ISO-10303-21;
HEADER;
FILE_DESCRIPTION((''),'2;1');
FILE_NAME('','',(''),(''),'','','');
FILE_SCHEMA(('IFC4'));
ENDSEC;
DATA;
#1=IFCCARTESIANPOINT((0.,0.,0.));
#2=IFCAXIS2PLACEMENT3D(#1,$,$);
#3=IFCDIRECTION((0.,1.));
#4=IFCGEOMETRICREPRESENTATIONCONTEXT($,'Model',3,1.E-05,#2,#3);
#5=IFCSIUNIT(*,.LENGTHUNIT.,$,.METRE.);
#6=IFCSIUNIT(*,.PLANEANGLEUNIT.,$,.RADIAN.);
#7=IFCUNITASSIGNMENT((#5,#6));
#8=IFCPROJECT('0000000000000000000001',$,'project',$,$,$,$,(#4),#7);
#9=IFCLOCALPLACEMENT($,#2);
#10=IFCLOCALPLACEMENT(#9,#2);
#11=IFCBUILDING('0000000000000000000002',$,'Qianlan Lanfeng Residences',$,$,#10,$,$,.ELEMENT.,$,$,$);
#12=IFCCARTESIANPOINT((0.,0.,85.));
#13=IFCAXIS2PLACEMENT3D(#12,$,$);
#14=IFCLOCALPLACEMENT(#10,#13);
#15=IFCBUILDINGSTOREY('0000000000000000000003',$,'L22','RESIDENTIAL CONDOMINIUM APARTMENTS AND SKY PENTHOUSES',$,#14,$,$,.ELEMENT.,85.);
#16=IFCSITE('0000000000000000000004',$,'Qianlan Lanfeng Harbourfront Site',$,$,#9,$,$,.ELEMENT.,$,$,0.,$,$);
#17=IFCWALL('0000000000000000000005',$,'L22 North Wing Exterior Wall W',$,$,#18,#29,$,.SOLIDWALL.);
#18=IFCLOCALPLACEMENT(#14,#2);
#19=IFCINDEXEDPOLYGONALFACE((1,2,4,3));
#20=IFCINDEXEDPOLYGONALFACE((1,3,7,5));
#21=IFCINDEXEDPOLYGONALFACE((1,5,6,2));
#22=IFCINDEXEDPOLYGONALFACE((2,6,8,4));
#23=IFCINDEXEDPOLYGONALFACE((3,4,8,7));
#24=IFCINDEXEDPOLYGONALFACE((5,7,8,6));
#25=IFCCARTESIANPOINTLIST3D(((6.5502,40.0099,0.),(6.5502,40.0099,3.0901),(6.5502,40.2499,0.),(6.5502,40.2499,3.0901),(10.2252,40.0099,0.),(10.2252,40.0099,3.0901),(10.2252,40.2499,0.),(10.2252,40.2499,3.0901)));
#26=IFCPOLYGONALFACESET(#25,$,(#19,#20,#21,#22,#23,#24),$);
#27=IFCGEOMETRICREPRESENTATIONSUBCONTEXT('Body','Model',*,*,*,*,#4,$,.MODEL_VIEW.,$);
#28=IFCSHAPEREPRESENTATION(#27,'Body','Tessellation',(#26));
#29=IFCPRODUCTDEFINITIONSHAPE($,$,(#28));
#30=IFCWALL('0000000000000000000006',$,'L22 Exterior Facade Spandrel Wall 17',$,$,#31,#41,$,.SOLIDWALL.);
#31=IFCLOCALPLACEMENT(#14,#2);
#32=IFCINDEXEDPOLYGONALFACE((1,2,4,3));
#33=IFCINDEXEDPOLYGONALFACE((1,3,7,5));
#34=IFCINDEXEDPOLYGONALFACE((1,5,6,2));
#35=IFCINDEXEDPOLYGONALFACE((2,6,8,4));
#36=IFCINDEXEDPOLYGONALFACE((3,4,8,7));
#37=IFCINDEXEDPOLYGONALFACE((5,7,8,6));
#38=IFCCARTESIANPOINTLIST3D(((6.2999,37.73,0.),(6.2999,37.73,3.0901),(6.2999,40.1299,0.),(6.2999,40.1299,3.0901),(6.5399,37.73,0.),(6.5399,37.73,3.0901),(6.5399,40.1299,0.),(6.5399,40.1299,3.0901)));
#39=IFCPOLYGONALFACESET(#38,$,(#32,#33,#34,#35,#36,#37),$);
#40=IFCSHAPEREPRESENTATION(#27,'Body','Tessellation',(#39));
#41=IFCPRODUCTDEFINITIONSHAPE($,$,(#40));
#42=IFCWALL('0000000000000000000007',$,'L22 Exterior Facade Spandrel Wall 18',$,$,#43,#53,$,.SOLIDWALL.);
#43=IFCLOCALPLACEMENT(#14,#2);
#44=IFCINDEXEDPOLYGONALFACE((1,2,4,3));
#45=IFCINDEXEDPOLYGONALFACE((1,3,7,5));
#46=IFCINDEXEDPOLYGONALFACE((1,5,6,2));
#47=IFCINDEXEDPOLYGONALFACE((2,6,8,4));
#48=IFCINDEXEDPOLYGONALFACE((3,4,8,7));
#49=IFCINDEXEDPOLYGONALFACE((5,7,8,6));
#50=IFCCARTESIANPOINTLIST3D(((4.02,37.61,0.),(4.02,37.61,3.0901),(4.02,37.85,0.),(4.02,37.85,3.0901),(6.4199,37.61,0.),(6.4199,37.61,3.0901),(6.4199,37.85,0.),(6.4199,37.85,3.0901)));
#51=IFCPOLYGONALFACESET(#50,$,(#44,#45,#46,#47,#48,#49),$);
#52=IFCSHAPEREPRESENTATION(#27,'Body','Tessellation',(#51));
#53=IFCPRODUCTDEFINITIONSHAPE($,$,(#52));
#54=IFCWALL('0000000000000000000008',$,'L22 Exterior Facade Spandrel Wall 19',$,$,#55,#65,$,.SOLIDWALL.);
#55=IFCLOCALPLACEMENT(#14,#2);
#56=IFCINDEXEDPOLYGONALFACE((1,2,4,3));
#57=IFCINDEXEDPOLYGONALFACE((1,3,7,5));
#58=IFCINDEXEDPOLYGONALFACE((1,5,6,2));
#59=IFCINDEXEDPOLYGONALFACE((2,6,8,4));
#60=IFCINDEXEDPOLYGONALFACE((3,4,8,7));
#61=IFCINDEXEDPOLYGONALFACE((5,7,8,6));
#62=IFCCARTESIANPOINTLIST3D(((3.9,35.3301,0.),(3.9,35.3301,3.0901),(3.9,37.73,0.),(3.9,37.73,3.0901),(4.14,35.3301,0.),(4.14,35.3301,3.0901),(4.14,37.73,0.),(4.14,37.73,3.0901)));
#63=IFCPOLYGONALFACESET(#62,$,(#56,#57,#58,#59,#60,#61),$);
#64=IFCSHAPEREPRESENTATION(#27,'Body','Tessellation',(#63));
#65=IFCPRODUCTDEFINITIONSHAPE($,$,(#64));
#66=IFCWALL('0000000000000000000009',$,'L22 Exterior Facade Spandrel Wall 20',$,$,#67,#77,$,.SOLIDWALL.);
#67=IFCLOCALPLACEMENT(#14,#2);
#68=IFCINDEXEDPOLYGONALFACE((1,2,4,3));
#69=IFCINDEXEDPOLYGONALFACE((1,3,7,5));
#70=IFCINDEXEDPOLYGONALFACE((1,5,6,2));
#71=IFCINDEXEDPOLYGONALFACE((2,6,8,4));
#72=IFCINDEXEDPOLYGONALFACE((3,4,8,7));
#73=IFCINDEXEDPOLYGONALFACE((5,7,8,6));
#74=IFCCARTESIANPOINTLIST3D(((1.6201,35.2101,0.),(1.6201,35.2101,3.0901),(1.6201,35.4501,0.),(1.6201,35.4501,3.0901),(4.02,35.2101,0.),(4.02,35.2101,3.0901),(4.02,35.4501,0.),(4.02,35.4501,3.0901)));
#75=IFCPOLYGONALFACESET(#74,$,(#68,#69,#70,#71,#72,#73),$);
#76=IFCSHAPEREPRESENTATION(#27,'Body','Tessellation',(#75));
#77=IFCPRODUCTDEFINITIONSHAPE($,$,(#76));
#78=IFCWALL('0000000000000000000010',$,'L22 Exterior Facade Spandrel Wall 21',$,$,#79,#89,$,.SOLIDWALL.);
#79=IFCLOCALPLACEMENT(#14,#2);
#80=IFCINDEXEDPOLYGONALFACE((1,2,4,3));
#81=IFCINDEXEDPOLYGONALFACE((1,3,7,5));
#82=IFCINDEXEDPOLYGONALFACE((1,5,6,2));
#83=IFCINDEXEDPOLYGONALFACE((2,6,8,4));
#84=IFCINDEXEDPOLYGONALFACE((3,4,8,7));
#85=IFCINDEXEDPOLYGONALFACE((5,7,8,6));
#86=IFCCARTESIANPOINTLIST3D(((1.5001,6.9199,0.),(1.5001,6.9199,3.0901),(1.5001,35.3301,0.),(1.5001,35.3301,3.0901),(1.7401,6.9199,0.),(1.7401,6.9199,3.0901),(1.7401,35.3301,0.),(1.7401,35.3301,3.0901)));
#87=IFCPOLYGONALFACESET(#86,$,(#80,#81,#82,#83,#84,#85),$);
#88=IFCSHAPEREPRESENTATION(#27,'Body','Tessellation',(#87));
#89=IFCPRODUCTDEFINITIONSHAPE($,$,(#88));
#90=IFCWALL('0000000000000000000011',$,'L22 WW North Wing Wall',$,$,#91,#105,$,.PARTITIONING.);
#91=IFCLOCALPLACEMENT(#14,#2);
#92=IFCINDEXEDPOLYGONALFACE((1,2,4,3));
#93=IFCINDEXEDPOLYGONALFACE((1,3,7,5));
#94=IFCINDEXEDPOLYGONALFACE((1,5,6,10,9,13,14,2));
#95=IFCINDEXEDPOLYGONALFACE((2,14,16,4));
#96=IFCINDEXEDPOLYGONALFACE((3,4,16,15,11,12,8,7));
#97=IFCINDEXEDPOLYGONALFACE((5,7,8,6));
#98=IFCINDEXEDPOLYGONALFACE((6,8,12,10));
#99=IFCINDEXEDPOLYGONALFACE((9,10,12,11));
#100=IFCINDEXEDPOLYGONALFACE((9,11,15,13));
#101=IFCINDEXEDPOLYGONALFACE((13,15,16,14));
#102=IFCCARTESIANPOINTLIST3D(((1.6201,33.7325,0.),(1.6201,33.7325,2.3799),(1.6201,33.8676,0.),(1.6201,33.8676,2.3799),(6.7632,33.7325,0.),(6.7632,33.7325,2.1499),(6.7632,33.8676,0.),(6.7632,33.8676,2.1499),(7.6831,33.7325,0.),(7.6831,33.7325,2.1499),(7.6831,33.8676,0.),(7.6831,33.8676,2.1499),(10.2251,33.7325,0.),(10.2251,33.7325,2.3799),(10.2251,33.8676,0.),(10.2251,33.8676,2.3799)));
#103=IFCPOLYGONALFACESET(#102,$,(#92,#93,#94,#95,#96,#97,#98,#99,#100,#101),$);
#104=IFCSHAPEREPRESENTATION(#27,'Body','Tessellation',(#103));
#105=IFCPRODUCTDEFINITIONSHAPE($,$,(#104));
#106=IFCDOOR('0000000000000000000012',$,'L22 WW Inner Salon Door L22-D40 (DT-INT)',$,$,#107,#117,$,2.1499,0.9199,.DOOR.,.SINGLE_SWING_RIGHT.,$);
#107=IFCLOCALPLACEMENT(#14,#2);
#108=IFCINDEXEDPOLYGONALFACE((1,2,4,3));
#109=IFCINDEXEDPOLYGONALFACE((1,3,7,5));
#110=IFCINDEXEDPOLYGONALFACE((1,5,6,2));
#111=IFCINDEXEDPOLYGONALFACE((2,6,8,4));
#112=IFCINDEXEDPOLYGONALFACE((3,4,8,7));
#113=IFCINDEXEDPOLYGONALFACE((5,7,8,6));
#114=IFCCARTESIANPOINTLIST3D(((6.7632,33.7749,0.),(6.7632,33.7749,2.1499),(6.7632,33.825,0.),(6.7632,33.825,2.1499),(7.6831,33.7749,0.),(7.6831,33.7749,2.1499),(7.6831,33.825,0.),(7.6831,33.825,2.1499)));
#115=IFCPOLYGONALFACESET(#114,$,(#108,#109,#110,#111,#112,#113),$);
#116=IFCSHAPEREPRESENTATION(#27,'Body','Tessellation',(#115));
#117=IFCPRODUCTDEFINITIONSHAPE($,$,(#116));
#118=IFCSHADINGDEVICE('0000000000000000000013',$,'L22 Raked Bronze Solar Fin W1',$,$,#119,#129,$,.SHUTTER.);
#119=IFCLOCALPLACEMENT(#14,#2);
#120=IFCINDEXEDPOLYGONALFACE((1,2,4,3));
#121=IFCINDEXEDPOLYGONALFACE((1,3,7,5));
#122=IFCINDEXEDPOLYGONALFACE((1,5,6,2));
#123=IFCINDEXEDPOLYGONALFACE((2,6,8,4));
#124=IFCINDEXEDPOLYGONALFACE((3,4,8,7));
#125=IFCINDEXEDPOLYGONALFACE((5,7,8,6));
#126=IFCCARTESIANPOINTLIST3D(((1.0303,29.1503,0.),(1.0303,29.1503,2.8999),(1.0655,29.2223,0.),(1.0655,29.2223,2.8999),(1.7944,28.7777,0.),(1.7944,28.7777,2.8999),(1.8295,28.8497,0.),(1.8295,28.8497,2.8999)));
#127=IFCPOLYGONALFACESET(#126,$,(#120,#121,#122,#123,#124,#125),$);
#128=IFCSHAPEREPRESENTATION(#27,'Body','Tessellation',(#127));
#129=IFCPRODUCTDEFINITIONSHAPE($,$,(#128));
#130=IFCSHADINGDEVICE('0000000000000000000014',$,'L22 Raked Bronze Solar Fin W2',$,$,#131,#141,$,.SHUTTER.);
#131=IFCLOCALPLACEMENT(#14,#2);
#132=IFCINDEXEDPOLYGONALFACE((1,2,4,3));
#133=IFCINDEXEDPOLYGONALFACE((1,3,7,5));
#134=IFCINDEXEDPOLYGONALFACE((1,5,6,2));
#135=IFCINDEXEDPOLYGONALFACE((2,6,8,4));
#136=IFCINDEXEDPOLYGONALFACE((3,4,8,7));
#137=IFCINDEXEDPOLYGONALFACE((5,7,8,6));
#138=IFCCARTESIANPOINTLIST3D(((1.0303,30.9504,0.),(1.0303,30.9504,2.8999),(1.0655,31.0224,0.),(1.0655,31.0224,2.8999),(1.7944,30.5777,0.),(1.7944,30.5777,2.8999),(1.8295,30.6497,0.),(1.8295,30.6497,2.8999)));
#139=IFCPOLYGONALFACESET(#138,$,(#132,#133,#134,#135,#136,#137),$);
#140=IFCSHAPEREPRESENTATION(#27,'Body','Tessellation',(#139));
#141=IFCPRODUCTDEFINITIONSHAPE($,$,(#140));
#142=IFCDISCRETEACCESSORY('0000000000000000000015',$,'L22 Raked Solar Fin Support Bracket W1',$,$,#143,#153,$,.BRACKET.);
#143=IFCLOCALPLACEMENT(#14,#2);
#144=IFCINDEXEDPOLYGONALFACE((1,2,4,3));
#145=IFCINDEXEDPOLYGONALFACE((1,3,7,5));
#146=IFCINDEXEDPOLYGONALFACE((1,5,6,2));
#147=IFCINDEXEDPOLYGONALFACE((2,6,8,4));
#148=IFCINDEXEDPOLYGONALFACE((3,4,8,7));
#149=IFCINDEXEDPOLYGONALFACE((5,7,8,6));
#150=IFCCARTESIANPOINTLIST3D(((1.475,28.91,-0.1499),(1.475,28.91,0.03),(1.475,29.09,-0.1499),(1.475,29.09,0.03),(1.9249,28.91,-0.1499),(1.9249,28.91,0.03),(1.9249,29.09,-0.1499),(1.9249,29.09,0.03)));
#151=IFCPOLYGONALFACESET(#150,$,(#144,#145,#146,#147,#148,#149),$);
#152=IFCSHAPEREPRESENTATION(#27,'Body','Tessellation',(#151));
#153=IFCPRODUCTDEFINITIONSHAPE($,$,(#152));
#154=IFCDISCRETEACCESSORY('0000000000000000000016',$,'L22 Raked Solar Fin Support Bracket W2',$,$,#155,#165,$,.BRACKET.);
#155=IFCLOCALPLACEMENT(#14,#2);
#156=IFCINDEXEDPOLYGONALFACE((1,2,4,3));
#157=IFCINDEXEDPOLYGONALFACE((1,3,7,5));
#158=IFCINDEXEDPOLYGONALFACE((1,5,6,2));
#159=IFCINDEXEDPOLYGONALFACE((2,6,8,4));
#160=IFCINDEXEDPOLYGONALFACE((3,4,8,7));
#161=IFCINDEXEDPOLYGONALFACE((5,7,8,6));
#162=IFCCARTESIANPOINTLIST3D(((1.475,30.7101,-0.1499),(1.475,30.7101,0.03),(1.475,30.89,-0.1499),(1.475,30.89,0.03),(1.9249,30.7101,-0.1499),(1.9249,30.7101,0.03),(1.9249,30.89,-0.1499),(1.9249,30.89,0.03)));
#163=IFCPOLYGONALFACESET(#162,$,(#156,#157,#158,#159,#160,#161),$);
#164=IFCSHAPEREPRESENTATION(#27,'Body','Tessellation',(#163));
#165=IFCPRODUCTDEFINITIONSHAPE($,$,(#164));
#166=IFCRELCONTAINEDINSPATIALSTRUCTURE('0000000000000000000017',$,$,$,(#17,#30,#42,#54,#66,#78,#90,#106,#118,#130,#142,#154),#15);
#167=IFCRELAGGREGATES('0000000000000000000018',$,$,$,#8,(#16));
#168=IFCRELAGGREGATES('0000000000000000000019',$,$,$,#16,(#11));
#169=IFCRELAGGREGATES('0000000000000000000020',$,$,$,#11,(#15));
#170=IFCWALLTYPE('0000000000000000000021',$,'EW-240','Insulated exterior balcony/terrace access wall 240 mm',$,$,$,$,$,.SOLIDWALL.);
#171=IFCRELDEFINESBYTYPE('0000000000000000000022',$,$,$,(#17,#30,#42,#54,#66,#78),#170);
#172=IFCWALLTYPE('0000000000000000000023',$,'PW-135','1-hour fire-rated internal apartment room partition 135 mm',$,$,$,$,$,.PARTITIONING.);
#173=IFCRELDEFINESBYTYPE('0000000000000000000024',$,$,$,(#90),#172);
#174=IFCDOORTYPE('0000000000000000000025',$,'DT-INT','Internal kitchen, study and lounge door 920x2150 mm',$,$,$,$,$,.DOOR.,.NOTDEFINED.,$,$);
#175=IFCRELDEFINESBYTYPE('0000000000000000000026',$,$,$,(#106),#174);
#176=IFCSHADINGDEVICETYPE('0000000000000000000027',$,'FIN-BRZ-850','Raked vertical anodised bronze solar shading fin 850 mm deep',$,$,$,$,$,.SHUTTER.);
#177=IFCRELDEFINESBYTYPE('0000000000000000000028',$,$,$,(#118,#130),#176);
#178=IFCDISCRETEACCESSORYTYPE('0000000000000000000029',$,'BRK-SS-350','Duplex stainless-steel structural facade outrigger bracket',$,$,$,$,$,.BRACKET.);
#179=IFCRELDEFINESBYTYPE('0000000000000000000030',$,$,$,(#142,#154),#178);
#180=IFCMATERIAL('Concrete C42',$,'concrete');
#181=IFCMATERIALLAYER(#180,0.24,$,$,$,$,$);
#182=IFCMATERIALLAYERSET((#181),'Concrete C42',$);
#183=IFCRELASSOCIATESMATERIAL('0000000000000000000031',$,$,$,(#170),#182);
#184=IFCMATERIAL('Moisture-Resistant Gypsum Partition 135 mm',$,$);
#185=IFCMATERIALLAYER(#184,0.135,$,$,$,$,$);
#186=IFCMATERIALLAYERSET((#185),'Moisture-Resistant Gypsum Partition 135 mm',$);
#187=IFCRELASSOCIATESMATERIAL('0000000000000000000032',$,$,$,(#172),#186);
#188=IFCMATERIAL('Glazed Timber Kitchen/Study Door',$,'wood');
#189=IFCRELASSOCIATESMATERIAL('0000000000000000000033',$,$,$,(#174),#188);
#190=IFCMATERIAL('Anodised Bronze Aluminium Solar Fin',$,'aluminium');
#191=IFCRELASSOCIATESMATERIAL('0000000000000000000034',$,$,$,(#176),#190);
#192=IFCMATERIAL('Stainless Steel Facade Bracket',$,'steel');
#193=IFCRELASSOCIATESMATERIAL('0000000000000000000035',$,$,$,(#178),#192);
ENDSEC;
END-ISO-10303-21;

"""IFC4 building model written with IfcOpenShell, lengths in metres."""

from ifc_helpers import new_model, si_unit, direction, frame, frame_2d, origin, origin_2d, place, context, subcontext, project, spatial, rectangle, extrude, source, transform, mapped, material, layer, layer_set, type_object, element, fill, save


model = new_model("IFC4")

# Units and contexts
model_context = context("Model", 3, precision=1e-05, world=origin(), true_north=direction((0.0, 1.0)))
body_context = subcontext(model_context, "Body", "Model", "MODEL_VIEW")
ifc_project = project(units=[si_unit("LENGTHUNIT", "METRE"), si_unit("PLANEANGLEUNIT", "RADIAN")], contexts=[model_context])

# Site, building, storey
site_placement = place(None, origin())
site = spatial("IfcSite", under=ifc_project, at=site_placement, Name="Qianlan Lanfeng Harbourfront Site", CompositionType="ELEMENT", RefElevation=0.0)
building_placement = place(site_placement, origin())
building = spatial("IfcBuilding", under=site, at=building_placement, Name="Qianlan Lanfeng Residences", CompositionType="ELEMENT")
storey_placement = place(building_placement, frame((0.0, 0.0, 85.0)))
storey = spatial("IfcBuildingStorey", under=building, at=storey_placement, Name="L22", Description="RESIDENTIAL CONDOMINIUM APARTMENTS AND SKY PENTHOUSES", CompositionType="ELEMENT", Elevation=85.0)

# Walls
ifc_material_1 = material(Name="Concrete C42", Category="concrete")
ifc_layer_1 = layer(ifc_material_1, 0.24)
ifc_layer_set_1 = layer_set([ifc_layer_1], Name="Concrete C42")
wall_type_1 = type_object("IfcWallType", Name="EW-240", Description="Insulated exterior balcony/terrace access wall 240 mm", PredefinedType="SOLIDWALL", material=ifc_layer_set_1)
wall_1_placement = place(storey_placement, frame((10.2251, 40.1299, 0.0), z_axis=(0.0, 0.0, 1.0), x_axis=(-1.0, 0.0, 0.0)))
element("IfcWall", 1, at=wall_1_placement, inside=storey, type_object=wall_type_1, Name="L22 North Wing Exterior Wall W", PredefinedType="SOLIDWALL", context=body_context, shape_type="SweptSolid", body=[
    extrude(rectangle(XDim=3.675, YDim=0.24, at=frame_2d((1.8374, 0.0))), origin(), (0.0, 0.0, 1.0), 3.0901),
])
for number, where, z_axis, x_axis, name in (
    (2, (6.4199, 40.1299, 0.0), (0.0, 0.0, 1.0), (0.0, -1.0, 0.0), "L22 Exterior Facade Spandrel Wall 17"),
    (3, (6.4199, 37.73, 0.0), (0.0, 0.0, 1.0), (-1.0, 0.0, 0.0), "L22 Exterior Facade Spandrel Wall 18"),
    (4, (4.02, 37.73, 0.0), (0.0, 0.0, 1.0), (0.0, -1.0, 0.0), "L22 Exterior Facade Spandrel Wall 19"),
    (5, (4.02, 35.3301, 0.0), (0.0, 0.0, 1.0), (-1.0, 0.0, 0.0), "L22 Exterior Facade Spandrel Wall 20"),
):
    element("IfcWall", number, at=place(storey_placement, frame(where, z_axis=z_axis, x_axis=x_axis)), inside=storey, type_object=wall_type_1, Name=name, PredefinedType="SOLIDWALL", context=body_context, shape_type="SweptSolid", body=[
        extrude(rectangle(XDim=2.3999, YDim=0.24, at=frame_2d((1.2, 0.0))), origin(), (0.0, 0.0, 1.0), 3.0901),
    ])
wall_2_placement = place(storey_placement, frame((1.6201, 35.3301, 0.0), z_axis=(0.0, 0.0, 1.0), x_axis=(0.0, -1.0, 0.0)))
element("IfcWall", 6, at=wall_2_placement, inside=storey, type_object=wall_type_1, Name="L22 Exterior Facade Spandrel Wall 21", PredefinedType="SOLIDWALL", context=body_context, shape_type="SweptSolid", body=[
    extrude(rectangle(XDim=28.4102, YDim=0.24, at=frame_2d((14.2051, 0.0))), origin(), (0.0, 0.0, 1.0), 3.0901),
])

# Wall, opening, door
ifc_material_2 = material(Name="Moisture-Resistant Gypsum Partition 135 mm")
ifc_layer_2 = layer(ifc_material_2, 0.135)
ifc_layer_set_2 = layer_set([ifc_layer_2], Name="Moisture-Resistant Gypsum Partition 135 mm")
wall_type_2 = type_object("IfcWallType", Name="PW-135", Description="1-hour fire-rated internal apartment room partition 135 mm", PredefinedType="PARTITIONING", material=ifc_layer_set_2)
wall_3_placement = place(storey_placement, frame((1.6201, 33.8, 0.0), z_axis=(0.0, 0.0, 1.0), x_axis=(1.0, 0.0, 0.0)))
wall_3 = element("IfcWall", 7, at=wall_3_placement, inside=storey, type_object=wall_type_2, Name="L22 WW North Wing Wall", PredefinedType="PARTITIONING", context=body_context, shape_type="SweptSolid", body=[
    extrude(rectangle(XDim=8.605, YDim=0.135, at=frame_2d((4.3025, 0.0))), origin(), (0.0, 0.0, 1.0), 2.3799),
])
opening_1_placement = place(wall_3_placement, frame((5.1431, 0.0, 0.0)))
opening_1 = element("IfcOpeningElement", 8, at=opening_1_placement, cuts=wall_3, PredefinedType="OPENING", context=body_context, shape_type="SweptSolid", body=[
    extrude(rectangle(XDim=0.9199, YDim=2.1499, at=frame_2d((0.46, 1.075))), frame((0.0, 0.0776, 0.0), z_axis=(0.0, -1.0, 0.0), x_axis=(1.0, 0.0, 0.0)), (0.0, 0.0, 1.0), 0.155),
])
ifc_material_3 = material(Name="Glazed Timber Kitchen/Study Door", Category="wood")
door_type_1 = type_object("IfcDoorType", Name="DT-INT", Description="Internal kitchen, study and lounge door 920x2150 mm", OperationType="NOTDEFINED", PredefinedType="DOOR", material=ifc_material_3)
door_1_placement = place(opening_1_placement, origin())
door_1 = element("IfcDoor", 9, at=door_1_placement, inside=storey, type_object=door_type_1, Name="L22 WW Inner Salon Door L22-D40 (DT-INT)", OperationType="SINGLE_SWING_RIGHT", OverallHeight=2.1499, OverallWidth=0.9199, PredefinedType="DOOR", context=body_context, shape_type="SweptSolid", body=[
    extrude(rectangle(XDim=0.9199, YDim=2.1499, at=frame_2d((0.46, 1.075))), frame((0.0, 0.0249, 0.0), z_axis=(0.0, -1.0, 0.0), x_axis=(1.0, 0.0, 0.0)), (0.0, 0.0, 1.0), 0.05),
])
fill(opening_1, door_1)

# Shading devices
ifc_material_4 = material(Name="Anodised Bronze Aluminium Solar Fin", Category="aluminium")
shading_device_type = type_object("IfcShadingDeviceType", Name="FIN-BRZ-850", Description="Raked vertical anodised bronze solar shading fin 850 mm deep", PredefinedType="SHUTTER", material=ifc_material_4)
shared_shape_1 = source(origin(), body_context, "Body", "SweptSolid", [
    extrude(rectangle(XDim=0.8501, YDim=0.0801, at=origin_2d()), origin(), (0.0, 0.0, 1.0), 2.8999),
])
for number, where, z_axis, x_axis, name in (
    (10, (1.4299, 29.0, 0.0), (0.0, 0.0, 1.0), (0.898794, -0.438371, 0.0), "L22 Raked Bronze Solar Fin W1"),
    (11, (1.4299, 30.8, 0.0), (0.0, 0.0, 1.0), (0.898794, -0.438371, 0.0), "L22 Raked Bronze Solar Fin W2"),
):
    element("IfcShadingDevice", number, at=place(storey_placement, frame(where, z_axis=z_axis, x_axis=x_axis)), inside=storey, type_object=shading_device_type, Name=name, PredefinedType="SHUTTER", context=body_context, shape_type="MappedRepresentation", body=[
        mapped(shared_shape_1, transform((0.0, 0.0, 0.0), scale=1.0)),
    ])

# Discrete accessories
ifc_material_5 = material(Name="Stainless Steel Facade Bracket", Category="steel")
discrete_accessory_type = type_object("IfcDiscreteAccessoryType", Name="BRK-SS-350", Description="Duplex stainless-steel structural facade outrigger bracket", PredefinedType="BRACKET", material=ifc_material_5)
shared_shape_2 = source(origin(), body_context, "Body", "SweptSolid", [
    extrude(rectangle(XDim=0.45, YDim=0.1799, at=origin_2d()), origin(), (0.0, 0.0, 1.0), 0.1799),
])
for number, where, z_axis, x_axis, name in (
    (12, (1.7, 29.0, -0.1499), (0.0, 0.0, 1.0), (1.0, 0.0, 0.0), "L22 Raked Solar Fin Support Bracket W1"),
    (13, (1.7, 30.8, -0.1499), (0.0, 0.0, 1.0), (1.0, 0.0, 0.0), "L22 Raked Solar Fin Support Bracket W2"),
):
    element("IfcDiscreteAccessory", number, at=place(storey_placement, frame(where, z_axis=z_axis, x_axis=x_axis)), inside=storey, type_object=discrete_accessory_type, Name=name, PredefinedType="BRACKET", context=body_context, shape_type="MappedRepresentation", body=[
        mapped(shared_shape_2, transform((0.0, 0.0, 0.0), scale=1.0)),
    ])

save(model, "model.ifc")
